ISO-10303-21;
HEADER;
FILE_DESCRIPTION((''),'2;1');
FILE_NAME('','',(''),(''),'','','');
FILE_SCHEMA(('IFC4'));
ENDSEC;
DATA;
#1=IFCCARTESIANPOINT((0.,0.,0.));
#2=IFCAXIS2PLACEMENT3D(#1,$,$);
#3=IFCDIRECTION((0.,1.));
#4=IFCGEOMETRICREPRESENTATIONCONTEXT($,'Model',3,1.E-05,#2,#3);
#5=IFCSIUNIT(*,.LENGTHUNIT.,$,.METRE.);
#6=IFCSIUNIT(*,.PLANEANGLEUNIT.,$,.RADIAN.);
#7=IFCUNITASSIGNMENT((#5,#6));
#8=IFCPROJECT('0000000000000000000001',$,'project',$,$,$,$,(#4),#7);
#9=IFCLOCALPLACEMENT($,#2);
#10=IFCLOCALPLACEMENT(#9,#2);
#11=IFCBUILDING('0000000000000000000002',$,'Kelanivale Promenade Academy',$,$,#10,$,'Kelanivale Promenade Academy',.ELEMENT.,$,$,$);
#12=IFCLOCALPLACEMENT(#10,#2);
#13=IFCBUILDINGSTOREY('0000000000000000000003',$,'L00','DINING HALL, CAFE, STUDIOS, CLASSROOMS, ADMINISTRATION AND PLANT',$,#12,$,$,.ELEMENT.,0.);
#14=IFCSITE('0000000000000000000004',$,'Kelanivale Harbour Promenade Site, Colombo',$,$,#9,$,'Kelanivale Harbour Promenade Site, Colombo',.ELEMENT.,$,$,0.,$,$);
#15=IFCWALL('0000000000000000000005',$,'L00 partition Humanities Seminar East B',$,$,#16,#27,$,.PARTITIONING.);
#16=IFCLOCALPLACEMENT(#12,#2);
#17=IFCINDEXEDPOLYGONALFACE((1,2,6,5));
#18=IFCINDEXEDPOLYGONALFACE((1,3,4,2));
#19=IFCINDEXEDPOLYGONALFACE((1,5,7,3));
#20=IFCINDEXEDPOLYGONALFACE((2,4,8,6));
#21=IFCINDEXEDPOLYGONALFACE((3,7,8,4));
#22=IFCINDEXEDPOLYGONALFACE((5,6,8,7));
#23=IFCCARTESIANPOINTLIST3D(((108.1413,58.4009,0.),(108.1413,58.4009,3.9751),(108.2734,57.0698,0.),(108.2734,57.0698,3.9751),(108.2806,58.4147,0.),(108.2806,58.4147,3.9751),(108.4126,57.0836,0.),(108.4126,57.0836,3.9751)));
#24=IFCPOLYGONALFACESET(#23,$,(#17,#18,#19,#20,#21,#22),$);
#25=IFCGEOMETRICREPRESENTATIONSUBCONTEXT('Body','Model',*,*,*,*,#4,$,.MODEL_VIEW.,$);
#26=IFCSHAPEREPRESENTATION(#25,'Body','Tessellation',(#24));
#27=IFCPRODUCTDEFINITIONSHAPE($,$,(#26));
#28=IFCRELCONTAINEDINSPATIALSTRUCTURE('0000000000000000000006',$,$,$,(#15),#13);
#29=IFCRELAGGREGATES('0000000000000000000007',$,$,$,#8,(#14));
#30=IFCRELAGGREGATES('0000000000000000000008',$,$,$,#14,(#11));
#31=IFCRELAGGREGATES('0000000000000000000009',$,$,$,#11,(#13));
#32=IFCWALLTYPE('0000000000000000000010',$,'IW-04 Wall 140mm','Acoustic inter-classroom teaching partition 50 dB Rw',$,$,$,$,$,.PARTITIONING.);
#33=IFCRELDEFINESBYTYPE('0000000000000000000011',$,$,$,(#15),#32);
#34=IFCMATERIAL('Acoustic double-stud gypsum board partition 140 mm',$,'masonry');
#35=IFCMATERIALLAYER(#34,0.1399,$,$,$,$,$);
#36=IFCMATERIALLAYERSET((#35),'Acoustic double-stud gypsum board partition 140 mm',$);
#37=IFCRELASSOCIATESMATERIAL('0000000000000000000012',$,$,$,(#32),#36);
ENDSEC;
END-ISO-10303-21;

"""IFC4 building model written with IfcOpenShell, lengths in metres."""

from ifc_helpers import new_model, si_unit, direction, frame, frame_2d, origin, place, context, subcontext, project, spatial, rectangle, extrude, material, layer, layer_set, type_object, element, save


model = new_model("IFC4")

# Units and contexts
model_context = context("Model", 3, precision=1e-05, world=origin(), true_north=direction((0.0, 1.0)))
body_context = subcontext(model_context, "Body", "Model", "MODEL_VIEW")
ifc_project = project(units=[si_unit("LENGTHUNIT", "METRE"), si_unit("PLANEANGLEUNIT", "RADIAN")], contexts=[model_context])

# Site, building, storey
site_placement = place(None, origin())
site = spatial("IfcSite", under=ifc_project, at=site_placement, Name="Kelanivale Harbour Promenade Site, Colombo", LongName="Kelanivale Harbour Promenade Site, Colombo", CompositionType="ELEMENT", RefElevation=0.0)
building_placement = place(site_placement, origin())
building = spatial("IfcBuilding", under=site, at=building_placement, Name="Kelanivale Promenade Academy", LongName="Kelanivale Promenade Academy", CompositionType="ELEMENT")
storey_placement = place(building_placement, origin())
storey = spatial("IfcBuildingStorey", under=building, at=storey_placement, Name="L00", Description="DINING HALL, CAFE, STUDIOS, CLASSROOMS, ADMINISTRATION AND PLANT", CompositionType="ELEMENT", Elevation=0.0)

# Wall
ifc_material_1 = material(Name="Acoustic double-stud gypsum board partition 140 mm", Category="masonry")
ifc_layer_1 = layer(ifc_material_1, 0.1399)
ifc_layer_set_1 = layer_set([ifc_layer_1], Name="Acoustic double-stud gypsum board partition 140 mm")
wall_type_1 = type_object("IfcWallType", Name="IW-04 Wall 140mm", Description="Acoustic inter-classroom teaching partition 50 dB Rw", PredefinedType="PARTITIONING", material=ifc_layer_set_1)
wall_1_placement = place(storey_placement, frame((108.2109, 58.408, 0.0), z_axis=(0.0, 0.0, 1.0), x_axis=(0.098745, -0.995113, 0.0)))
element("IfcWall", 1, at=wall_1_placement, inside=storey, type_object=wall_type_1, Name="L00 partition Humanities Seminar East B", PredefinedType="PARTITIONING", context=body_context, shape_type="SweptSolid", body=[
    extrude(rectangle(XDim=1.3376, YDim=0.1399, at=frame_2d((0.6689, 0.0))), origin(), (0.0, 0.0, 1.0), 3.9751),
])

save(model, "model.ifc")
